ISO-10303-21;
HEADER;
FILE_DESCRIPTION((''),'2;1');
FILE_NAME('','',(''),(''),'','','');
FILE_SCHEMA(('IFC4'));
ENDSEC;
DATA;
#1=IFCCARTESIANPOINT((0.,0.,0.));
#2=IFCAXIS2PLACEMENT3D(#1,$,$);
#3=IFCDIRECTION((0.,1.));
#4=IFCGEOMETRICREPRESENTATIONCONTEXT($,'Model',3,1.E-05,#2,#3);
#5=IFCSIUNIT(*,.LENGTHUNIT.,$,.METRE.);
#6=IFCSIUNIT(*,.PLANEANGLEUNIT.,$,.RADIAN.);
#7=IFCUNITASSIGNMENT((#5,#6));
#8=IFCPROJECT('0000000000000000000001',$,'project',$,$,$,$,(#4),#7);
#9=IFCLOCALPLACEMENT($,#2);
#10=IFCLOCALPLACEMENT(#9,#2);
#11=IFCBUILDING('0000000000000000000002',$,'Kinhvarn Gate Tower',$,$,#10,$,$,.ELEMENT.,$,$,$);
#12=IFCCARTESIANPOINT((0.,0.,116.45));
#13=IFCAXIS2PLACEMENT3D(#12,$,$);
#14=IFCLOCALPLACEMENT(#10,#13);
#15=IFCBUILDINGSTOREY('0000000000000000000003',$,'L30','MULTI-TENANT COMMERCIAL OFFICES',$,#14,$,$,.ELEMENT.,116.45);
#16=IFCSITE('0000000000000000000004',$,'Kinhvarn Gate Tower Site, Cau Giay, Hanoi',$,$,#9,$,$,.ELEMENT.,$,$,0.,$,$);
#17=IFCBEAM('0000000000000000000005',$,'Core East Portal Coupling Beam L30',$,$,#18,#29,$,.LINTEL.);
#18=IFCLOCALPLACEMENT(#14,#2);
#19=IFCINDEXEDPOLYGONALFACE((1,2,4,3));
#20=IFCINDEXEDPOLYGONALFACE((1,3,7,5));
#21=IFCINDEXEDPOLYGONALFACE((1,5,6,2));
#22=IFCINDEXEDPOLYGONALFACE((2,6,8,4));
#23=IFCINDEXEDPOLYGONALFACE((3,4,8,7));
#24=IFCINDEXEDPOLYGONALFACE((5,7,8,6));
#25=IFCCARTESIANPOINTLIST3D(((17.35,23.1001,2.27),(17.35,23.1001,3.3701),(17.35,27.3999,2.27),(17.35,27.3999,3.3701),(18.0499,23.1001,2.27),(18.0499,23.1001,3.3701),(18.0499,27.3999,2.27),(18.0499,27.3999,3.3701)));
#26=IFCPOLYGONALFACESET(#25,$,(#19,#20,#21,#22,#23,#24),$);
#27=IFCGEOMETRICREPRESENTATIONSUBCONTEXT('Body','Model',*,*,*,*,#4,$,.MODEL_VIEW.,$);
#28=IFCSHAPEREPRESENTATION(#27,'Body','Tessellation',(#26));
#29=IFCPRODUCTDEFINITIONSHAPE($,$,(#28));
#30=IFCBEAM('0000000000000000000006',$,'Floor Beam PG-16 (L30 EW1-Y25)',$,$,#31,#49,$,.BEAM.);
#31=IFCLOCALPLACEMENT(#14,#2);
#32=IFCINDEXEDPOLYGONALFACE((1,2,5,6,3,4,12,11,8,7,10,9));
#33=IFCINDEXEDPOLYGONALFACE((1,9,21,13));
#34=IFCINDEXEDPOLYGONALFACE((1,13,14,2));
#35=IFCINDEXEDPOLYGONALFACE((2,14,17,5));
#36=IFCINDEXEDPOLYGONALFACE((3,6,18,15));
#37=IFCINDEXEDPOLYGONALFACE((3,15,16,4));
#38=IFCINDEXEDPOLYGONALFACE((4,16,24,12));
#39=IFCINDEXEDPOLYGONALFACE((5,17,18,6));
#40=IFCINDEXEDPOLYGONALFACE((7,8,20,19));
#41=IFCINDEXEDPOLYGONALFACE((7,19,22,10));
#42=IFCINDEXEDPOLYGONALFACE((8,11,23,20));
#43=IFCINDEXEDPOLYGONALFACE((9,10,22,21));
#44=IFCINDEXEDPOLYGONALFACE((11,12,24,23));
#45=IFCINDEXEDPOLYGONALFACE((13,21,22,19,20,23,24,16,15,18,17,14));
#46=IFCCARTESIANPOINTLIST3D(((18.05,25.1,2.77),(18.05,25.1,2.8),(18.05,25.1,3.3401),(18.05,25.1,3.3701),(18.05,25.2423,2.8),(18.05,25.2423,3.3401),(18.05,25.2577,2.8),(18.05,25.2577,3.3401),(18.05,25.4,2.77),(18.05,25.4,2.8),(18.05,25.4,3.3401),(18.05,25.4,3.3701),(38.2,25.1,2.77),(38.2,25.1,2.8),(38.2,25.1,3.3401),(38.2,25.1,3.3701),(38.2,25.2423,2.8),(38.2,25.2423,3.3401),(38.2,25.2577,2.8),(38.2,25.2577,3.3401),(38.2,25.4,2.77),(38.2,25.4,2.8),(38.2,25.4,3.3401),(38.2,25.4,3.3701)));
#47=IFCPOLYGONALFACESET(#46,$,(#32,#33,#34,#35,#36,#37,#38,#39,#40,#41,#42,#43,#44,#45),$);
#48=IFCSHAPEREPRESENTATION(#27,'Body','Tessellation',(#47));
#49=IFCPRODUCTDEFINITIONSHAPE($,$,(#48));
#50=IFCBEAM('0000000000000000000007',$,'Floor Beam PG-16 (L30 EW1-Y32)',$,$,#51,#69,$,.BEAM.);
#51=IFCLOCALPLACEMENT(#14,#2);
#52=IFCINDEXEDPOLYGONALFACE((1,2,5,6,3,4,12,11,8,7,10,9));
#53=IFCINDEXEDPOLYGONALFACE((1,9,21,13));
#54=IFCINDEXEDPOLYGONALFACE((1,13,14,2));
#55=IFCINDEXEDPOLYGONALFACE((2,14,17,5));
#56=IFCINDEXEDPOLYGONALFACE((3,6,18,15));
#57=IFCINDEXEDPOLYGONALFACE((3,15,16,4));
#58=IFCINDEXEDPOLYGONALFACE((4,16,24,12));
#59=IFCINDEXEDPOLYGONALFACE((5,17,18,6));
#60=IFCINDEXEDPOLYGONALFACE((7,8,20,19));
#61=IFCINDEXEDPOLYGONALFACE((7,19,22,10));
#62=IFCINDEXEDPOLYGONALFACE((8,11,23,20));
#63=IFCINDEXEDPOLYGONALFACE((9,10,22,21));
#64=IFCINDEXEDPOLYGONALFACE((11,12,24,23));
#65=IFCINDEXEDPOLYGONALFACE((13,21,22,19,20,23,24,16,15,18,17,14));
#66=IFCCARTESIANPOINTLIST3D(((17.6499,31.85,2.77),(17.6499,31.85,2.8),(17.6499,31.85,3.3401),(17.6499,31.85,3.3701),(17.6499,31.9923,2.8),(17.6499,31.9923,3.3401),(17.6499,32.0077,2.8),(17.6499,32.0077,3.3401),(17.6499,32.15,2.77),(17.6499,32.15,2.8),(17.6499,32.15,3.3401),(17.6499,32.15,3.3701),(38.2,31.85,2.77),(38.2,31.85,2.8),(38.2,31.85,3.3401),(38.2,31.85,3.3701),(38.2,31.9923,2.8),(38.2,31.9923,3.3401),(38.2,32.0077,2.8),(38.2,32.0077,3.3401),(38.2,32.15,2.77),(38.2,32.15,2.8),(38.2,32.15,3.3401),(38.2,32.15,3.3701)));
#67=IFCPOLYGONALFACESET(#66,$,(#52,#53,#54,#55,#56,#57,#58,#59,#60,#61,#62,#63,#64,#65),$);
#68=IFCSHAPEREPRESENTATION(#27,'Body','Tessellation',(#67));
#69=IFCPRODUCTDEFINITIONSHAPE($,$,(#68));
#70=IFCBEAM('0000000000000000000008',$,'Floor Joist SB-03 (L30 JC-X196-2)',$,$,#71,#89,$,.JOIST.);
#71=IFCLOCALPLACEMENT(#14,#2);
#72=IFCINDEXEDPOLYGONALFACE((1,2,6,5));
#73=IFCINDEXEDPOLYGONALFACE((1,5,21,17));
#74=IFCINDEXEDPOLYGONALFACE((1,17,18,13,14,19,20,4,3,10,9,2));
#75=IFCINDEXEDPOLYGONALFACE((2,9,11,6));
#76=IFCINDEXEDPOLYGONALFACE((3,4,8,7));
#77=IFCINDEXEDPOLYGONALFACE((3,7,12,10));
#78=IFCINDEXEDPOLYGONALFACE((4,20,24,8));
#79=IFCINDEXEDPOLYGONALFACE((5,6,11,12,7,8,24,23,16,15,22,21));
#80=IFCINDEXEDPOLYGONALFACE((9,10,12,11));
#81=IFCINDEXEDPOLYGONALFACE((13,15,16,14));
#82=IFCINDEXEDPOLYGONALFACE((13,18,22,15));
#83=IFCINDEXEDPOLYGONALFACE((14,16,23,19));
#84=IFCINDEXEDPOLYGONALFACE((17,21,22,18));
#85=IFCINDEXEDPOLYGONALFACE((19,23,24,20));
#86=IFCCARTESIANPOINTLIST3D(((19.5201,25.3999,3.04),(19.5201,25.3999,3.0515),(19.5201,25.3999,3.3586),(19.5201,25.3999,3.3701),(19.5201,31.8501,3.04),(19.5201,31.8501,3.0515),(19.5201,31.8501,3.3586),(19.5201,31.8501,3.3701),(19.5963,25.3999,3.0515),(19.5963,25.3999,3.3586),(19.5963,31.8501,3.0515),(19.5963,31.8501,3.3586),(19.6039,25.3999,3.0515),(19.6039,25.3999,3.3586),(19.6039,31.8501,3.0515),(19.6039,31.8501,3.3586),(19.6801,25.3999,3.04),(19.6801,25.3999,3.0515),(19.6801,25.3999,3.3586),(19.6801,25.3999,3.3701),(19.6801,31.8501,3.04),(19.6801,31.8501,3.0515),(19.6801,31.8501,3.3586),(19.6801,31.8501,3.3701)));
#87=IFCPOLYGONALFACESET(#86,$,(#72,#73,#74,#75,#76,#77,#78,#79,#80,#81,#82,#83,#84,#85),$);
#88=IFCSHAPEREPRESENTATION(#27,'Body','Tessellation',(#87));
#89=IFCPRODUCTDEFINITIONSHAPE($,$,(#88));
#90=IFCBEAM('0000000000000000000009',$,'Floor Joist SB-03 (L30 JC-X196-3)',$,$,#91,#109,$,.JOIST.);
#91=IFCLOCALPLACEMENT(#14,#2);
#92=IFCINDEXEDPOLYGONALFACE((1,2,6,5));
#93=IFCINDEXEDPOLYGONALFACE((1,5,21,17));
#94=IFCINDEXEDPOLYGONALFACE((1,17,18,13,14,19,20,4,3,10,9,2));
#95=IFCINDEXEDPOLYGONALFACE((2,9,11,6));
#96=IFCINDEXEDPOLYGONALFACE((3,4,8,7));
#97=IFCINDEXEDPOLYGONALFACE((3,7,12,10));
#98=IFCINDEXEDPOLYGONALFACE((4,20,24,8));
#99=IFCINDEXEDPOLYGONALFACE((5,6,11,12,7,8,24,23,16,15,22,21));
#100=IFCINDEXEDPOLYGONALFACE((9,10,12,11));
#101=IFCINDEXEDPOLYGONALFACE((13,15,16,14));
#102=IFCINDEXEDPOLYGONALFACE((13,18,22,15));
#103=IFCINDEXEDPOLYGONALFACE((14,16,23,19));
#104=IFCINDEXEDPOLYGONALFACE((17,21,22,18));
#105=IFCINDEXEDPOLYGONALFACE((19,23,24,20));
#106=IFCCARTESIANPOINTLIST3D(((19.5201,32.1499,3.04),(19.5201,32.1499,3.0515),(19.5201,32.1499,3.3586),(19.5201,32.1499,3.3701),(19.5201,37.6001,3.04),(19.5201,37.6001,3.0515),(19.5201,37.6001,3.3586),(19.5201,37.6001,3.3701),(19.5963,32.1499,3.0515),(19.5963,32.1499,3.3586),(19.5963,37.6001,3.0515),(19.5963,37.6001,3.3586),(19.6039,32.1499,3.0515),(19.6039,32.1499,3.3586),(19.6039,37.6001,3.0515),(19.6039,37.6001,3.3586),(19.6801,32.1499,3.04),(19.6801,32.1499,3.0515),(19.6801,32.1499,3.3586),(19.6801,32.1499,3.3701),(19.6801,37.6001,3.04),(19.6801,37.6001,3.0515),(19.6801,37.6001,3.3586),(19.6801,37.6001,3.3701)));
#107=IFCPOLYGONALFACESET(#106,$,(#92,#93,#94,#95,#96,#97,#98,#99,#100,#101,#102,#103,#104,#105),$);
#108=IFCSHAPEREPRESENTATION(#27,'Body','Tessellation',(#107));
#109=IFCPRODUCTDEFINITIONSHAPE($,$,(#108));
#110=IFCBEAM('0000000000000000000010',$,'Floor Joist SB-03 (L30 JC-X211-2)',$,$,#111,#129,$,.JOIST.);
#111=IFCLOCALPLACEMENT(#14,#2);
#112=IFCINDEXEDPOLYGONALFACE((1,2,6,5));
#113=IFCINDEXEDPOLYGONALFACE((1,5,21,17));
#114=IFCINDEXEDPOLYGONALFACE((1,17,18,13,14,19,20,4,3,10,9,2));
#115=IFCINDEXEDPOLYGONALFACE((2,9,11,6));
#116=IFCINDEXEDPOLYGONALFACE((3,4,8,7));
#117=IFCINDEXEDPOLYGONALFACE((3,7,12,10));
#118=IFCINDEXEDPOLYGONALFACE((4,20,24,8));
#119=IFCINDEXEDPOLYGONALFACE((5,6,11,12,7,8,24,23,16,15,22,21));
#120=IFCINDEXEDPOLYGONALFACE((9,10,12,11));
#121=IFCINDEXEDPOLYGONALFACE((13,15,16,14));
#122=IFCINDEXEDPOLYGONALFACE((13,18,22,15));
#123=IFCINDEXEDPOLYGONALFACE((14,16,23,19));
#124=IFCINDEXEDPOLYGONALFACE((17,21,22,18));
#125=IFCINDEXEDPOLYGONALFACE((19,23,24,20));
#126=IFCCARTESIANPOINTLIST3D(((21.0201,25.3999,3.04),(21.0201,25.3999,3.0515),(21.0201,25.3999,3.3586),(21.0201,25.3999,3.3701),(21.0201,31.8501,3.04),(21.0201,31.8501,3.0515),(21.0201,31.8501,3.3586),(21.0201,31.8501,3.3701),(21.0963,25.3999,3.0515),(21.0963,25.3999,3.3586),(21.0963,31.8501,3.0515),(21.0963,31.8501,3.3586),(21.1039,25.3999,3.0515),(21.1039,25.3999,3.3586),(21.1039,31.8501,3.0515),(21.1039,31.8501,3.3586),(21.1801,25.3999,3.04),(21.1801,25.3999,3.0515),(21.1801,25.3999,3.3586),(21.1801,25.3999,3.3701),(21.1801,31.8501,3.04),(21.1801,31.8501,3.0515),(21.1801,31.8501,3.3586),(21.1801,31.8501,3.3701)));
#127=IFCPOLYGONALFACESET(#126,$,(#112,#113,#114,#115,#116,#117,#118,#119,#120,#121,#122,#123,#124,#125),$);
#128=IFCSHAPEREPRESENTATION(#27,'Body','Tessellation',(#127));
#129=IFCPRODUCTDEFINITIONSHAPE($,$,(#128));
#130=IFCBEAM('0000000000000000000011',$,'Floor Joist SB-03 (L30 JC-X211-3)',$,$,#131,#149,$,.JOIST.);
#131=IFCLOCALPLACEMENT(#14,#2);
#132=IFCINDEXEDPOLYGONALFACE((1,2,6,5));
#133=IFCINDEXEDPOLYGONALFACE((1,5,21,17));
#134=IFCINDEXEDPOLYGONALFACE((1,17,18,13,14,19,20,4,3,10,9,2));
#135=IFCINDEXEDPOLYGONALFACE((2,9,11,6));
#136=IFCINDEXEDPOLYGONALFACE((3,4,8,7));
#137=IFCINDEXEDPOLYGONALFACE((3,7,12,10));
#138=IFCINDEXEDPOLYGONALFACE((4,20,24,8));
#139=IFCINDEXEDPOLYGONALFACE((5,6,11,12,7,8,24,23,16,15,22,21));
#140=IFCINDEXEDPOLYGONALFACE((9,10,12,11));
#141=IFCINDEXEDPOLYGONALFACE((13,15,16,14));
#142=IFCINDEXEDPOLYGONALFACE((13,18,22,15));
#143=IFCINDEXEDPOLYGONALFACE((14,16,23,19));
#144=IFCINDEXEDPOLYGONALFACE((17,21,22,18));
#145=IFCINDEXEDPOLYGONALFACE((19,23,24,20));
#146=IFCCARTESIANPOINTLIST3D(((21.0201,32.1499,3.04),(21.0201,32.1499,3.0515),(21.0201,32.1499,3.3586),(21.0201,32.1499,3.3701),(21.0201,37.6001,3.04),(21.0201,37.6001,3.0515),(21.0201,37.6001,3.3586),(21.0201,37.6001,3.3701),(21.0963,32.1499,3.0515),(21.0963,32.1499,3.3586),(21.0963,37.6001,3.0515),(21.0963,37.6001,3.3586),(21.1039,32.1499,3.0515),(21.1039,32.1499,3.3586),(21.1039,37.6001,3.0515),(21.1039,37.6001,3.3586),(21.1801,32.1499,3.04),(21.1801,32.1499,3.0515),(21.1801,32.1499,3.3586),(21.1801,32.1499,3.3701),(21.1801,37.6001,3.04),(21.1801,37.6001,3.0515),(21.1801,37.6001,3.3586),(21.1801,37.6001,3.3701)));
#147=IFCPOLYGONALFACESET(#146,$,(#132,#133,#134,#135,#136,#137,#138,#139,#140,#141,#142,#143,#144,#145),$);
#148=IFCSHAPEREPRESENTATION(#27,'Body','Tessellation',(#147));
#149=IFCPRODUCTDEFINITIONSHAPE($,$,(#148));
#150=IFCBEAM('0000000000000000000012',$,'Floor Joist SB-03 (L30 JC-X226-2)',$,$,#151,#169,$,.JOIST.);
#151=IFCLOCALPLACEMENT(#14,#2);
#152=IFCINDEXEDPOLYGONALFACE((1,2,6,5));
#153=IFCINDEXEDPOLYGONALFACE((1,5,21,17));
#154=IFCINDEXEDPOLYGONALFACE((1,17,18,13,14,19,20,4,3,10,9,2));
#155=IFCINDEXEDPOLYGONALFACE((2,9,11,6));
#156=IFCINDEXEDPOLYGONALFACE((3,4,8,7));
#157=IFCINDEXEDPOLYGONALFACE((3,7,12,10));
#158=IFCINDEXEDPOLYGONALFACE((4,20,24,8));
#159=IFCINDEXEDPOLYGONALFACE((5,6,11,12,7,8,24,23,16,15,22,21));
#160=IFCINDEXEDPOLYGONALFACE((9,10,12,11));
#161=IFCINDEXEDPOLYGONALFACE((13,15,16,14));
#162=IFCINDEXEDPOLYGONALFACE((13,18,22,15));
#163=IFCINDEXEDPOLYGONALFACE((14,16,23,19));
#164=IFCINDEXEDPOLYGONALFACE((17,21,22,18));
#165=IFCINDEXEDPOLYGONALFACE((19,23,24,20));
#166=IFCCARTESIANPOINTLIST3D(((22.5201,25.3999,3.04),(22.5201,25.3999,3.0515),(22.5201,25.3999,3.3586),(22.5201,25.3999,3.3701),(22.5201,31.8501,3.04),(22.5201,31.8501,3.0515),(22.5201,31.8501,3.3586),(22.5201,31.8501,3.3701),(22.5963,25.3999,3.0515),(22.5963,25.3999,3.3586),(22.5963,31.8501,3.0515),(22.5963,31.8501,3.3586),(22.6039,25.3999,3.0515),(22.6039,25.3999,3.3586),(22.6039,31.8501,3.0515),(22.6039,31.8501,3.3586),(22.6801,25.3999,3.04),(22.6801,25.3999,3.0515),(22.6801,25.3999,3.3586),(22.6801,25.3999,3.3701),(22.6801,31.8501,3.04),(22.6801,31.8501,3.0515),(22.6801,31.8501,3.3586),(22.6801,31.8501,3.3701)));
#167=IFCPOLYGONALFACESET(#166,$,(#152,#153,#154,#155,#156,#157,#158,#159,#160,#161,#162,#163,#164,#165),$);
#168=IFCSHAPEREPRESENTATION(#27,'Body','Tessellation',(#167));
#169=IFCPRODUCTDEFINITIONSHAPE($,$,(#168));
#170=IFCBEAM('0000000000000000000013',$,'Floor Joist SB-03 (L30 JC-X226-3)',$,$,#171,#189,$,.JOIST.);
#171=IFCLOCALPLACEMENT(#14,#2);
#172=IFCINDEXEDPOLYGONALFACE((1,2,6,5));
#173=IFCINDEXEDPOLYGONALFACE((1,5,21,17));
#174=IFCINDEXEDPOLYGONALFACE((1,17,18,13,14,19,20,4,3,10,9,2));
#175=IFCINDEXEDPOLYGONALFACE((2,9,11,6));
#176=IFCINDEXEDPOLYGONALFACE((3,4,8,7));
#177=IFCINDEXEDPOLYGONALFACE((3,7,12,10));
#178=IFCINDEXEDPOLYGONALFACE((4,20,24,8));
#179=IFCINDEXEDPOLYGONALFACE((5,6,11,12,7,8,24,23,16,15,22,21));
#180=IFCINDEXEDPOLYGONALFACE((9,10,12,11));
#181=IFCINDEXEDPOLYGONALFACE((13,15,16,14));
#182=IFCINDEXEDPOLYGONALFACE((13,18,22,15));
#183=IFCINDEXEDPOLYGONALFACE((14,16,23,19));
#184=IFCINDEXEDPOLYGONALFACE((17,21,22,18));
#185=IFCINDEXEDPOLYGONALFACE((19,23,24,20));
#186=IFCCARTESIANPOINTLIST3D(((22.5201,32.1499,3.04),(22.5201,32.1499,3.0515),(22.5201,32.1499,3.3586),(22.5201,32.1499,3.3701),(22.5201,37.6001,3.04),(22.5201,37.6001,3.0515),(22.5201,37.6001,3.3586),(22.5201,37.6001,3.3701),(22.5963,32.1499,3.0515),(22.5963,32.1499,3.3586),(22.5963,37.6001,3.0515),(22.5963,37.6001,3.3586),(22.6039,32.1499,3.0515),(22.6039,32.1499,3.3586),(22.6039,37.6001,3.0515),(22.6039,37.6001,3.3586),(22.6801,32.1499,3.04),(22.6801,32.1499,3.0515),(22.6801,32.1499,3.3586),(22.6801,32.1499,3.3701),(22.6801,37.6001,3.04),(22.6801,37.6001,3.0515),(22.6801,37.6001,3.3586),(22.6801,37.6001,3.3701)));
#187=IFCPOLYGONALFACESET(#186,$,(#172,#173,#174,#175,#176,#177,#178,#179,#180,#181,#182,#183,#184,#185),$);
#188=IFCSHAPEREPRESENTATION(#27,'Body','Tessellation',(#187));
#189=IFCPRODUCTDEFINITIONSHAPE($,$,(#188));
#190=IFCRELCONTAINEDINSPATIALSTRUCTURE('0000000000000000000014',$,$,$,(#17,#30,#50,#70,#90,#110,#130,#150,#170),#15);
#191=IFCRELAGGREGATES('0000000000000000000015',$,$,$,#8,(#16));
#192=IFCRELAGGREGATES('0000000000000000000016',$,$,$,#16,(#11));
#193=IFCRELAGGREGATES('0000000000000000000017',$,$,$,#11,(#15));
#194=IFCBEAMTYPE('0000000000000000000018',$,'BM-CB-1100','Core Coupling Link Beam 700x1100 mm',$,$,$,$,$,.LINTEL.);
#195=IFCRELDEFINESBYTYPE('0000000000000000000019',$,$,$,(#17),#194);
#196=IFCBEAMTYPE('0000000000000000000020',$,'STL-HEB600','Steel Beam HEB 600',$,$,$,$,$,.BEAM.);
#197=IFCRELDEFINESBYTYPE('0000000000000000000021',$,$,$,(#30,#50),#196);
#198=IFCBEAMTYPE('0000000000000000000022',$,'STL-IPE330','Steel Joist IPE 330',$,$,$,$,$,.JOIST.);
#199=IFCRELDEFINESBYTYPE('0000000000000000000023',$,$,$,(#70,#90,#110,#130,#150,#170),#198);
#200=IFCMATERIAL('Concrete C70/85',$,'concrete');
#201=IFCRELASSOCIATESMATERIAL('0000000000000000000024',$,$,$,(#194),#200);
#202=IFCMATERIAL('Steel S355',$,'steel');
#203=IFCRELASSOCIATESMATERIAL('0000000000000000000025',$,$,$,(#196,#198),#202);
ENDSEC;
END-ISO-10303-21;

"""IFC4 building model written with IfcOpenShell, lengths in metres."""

from ifc_helpers import new_model, si_unit, direction, frame, origin, origin_2d, place, context, subcontext, project, spatial, rectangle, i_section, extrude, material, material_profile, profile_set, type_object, element, save


model = new_model("IFC4")

# Units and contexts
model_context = context("Model", 3, precision=1e-05, world=origin(), true_north=direction((0.0, 1.0)))
body_context = subcontext(model_context, "Body", "Model", "MODEL_VIEW")
ifc_project = project(units=[si_unit("LENGTHUNIT", "METRE"), si_unit("PLANEANGLEUNIT", "RADIAN")], contexts=[model_context])

# Site, building, storey
site_placement = place(None, origin())
site = spatial("IfcSite", under=ifc_project, at=site_placement, Name="Kinhvarn Gate Tower Site, Cau Giay, Hanoi", CompositionType="ELEMENT", RefElevation=0.0)
building_placement = place(site_placement, origin())
building = spatial("IfcBuilding", under=site, at=building_placement, Name="Kinhvarn Gate Tower", CompositionType="ELEMENT")
storey_placement = place(building_placement, frame((0.0, 0.0, 116.45)))
storey = spatial("IfcBuildingStorey", under=building, at=storey_placement, Name="L30", Description="MULTI-TENANT COMMERCIAL OFFICES", CompositionType="ELEMENT", Elevation=116.45)

# Beams
ifc_material_1 = material(Name="Concrete C70/85", Category="concrete")
ifc_material_profile_1 = material_profile(ifc_material_1, rectangle(XDim=0.7, YDim=1.1001, at=origin_2d()), Name="RC 700x1100")
ifc_profile_set_1 = profile_set([ifc_material_profile_1], Name="Concrete C70/85")
beam_type_1 = type_object("IfcBeamType", Name="BM-CB-1100", Description="Core Coupling Link Beam 700x1100 mm", PredefinedType="LINTEL", material=ifc_profile_set_1)
beam_1_placement = place(storey_placement, frame((17.7, 23.1001, 2.8201), z_axis=(0.0, 1.0, 0.0), x_axis=(-1.0, 0.0, 0.0)))
element("IfcBeam", 1, at=beam_1_placement, inside=storey, type_object=beam_type_1, Name="Core East Portal Coupling Beam L30", PredefinedType="LINTEL", context=body_context, shape_type="SweptSolid", body=[
    extrude(rectangle(XDim=0.7, YDim=1.1001, at=origin_2d()), origin(), (0.0, 0.0, 1.0), 4.2998),
])
ifc_material_2 = material(Name="Steel S355", Category="steel")
ifc_material_profile_2 = material_profile(ifc_material_2, i_section(OverallWidth=0.3, OverallDepth=0.6001, WebThickness=0.0154, FlangeThickness=0.03, at=origin_2d()), Name="HEB 600")
ifc_profile_set_2 = profile_set([ifc_material_profile_2], Name="Steel S355")
beam_type_2 = type_object("IfcBeamType", Name="STL-HEB600", Description="Steel Beam HEB 600", PredefinedType="BEAM", material=ifc_profile_set_2)
beam_2_placement = place(storey_placement, frame((18.05, 25.25, 3.0701), z_axis=(1.0, 0.0, 0.0), x_axis=(0.0, 1.0, 0.0)))
element("IfcBeam", 2, at=beam_2_placement, inside=storey, type_object=beam_type_2, Name="Floor Beam PG-16 (L30 EW1-Y25)", PredefinedType="BEAM", context=body_context, shape_type="SweptSolid", body=[
    extrude(i_section(OverallWidth=0.3, OverallDepth=0.6001, WebThickness=0.0154, FlangeThickness=0.03, at=origin_2d()), origin(), (0.0, 0.0, 1.0), 20.1499),
])
beam_3_placement = place(storey_placement, frame((17.6499, 32.0, 3.0701), z_axis=(1.0, 0.0, 0.0), x_axis=(0.0, 1.0, 0.0)))
element("IfcBeam", 3, at=beam_3_placement, inside=storey, type_object=beam_type_2, Name="Floor Beam PG-16 (L30 EW1-Y32)", PredefinedType="BEAM", context=body_context, shape_type="SweptSolid", body=[
    extrude(i_section(OverallWidth=0.3, OverallDepth=0.6001, WebThickness=0.0154, FlangeThickness=0.03, at=origin_2d()), origin(), (0.0, 0.0, 1.0), 20.55),
])
ifc_material_profile_3 = material_profile(ifc_material_2, i_section(OverallWidth=0.1599, OverallDepth=0.3301, WebThickness=0.0076, FlangeThickness=0.0115, at=origin_2d()), Name="IPE 330")
ifc_profile_set_3 = profile_set([ifc_material_profile_3], Name="Steel S355")
beam_type_3 = type_object("IfcBeamType", Name="STL-IPE330", Description="Steel Joist IPE 330", PredefinedType="JOIST", material=ifc_profile_set_3)
beam_4_placement = place(storey_placement, frame((19.6001, 25.3999, 3.2051), z_axis=(0.0, 1.0, 0.0), x_axis=(-1.0, 0.0, 0.0)))
element("IfcBeam", 4, at=beam_4_placement, inside=storey, type_object=beam_type_3, Name="Floor Joist SB-03 (L30 JC-X196-2)", PredefinedType="JOIST", context=body_context, shape_type="SweptSolid", body=[
    extrude(i_section(OverallWidth=0.1599, OverallDepth=0.3301, WebThickness=0.0076, FlangeThickness=0.0115, at=origin_2d()), origin(), (0.0, 0.0, 1.0), 6.4502),
])
beam_5_placement = place(storey_placement, frame((19.6001, 32.1499, 3.2051), z_axis=(0.0, 1.0, 0.0), x_axis=(-1.0, 0.0, 0.0)))
element("IfcBeam", 5, at=beam_5_placement, inside=storey, type_object=beam_type_3, Name="Floor Joist SB-03 (L30 JC-X196-3)", PredefinedType="JOIST", context=body_context, shape_type="SweptSolid", body=[
    extrude(i_section(OverallWidth=0.1599, OverallDepth=0.3301, WebThickness=0.0076, FlangeThickness=0.0115, at=origin_2d()), origin(), (0.0, 0.0, 1.0), 5.4502),
])
beam_6_placement = place(storey_placement, frame((21.1001, 25.3999, 3.2051), z_axis=(0.0, 1.0, 0.0), x_axis=(-1.0, 0.0, 0.0)))
element("IfcBeam", 6, at=beam_6_placement, inside=storey, type_object=beam_type_3, Name="Floor Joist SB-03 (L30 JC-X211-2)", PredefinedType="JOIST", context=body_context, shape_type="SweptSolid", body=[
    extrude(i_section(OverallWidth=0.1599, OverallDepth=0.3301, WebThickness=0.0076, FlangeThickness=0.0115, at=origin_2d()), origin(), (0.0, 0.0, 1.0), 6.4502),
])
beam_7_placement = place(storey_placement, frame((21.1001, 32.1499, 3.2051), z_axis=(0.0, 1.0, 0.0), x_axis=(-1.0, 0.0, 0.0)))
element("IfcBeam", 7, at=beam_7_placement, inside=storey, type_object=beam_type_3, Name="Floor Joist SB-03 (L30 JC-X211-3)", PredefinedType="JOIST", context=body_context, shape_type="SweptSolid", body=[
    extrude(i_section(OverallWidth=0.1599, OverallDepth=0.3301, WebThickness=0.0076, FlangeThickness=0.0115, at=origin_2d()), origin(), (0.0, 0.0, 1.0), 5.4502),
])
beam_8_placement = place(storey_placement, frame((22.6001, 25.3999, 3.2051), z_axis=(0.0, 1.0, 0.0), x_axis=(-1.0, 0.0, 0.0)))
element("IfcBeam", 8, at=beam_8_placement, inside=storey, type_object=beam_type_3, Name="Floor Joist SB-03 (L30 JC-X226-2)", PredefinedType="JOIST", context=body_context, shape_type="SweptSolid", body=[
    extrude(i_section(OverallWidth=0.1599, OverallDepth=0.3301, WebThickness=0.0076, FlangeThickness=0.0115, at=origin_2d()), origin(), (0.0, 0.0, 1.0), 6.4502),
])
beam_9_placement = place(storey_placement, frame((22.6001, 32.1499, 3.2051), z_axis=(0.0, 1.0, 0.0), x_axis=(-1.0, 0.0, 0.0)))
element("IfcBeam", 9, at=beam_9_placement, inside=storey, type_object=beam_type_3, Name="Floor Joist SB-03 (L30 JC-X226-3)", PredefinedType="JOIST", context=body_context, shape_type="SweptSolid", body=[
    extrude(i_section(OverallWidth=0.1599, OverallDepth=0.3301, WebThickness=0.0076, FlangeThickness=0.0115, at=origin_2d()), origin(), (0.0, 0.0, 1.0), 5.4502),
])

save(model, "model.ifc")
